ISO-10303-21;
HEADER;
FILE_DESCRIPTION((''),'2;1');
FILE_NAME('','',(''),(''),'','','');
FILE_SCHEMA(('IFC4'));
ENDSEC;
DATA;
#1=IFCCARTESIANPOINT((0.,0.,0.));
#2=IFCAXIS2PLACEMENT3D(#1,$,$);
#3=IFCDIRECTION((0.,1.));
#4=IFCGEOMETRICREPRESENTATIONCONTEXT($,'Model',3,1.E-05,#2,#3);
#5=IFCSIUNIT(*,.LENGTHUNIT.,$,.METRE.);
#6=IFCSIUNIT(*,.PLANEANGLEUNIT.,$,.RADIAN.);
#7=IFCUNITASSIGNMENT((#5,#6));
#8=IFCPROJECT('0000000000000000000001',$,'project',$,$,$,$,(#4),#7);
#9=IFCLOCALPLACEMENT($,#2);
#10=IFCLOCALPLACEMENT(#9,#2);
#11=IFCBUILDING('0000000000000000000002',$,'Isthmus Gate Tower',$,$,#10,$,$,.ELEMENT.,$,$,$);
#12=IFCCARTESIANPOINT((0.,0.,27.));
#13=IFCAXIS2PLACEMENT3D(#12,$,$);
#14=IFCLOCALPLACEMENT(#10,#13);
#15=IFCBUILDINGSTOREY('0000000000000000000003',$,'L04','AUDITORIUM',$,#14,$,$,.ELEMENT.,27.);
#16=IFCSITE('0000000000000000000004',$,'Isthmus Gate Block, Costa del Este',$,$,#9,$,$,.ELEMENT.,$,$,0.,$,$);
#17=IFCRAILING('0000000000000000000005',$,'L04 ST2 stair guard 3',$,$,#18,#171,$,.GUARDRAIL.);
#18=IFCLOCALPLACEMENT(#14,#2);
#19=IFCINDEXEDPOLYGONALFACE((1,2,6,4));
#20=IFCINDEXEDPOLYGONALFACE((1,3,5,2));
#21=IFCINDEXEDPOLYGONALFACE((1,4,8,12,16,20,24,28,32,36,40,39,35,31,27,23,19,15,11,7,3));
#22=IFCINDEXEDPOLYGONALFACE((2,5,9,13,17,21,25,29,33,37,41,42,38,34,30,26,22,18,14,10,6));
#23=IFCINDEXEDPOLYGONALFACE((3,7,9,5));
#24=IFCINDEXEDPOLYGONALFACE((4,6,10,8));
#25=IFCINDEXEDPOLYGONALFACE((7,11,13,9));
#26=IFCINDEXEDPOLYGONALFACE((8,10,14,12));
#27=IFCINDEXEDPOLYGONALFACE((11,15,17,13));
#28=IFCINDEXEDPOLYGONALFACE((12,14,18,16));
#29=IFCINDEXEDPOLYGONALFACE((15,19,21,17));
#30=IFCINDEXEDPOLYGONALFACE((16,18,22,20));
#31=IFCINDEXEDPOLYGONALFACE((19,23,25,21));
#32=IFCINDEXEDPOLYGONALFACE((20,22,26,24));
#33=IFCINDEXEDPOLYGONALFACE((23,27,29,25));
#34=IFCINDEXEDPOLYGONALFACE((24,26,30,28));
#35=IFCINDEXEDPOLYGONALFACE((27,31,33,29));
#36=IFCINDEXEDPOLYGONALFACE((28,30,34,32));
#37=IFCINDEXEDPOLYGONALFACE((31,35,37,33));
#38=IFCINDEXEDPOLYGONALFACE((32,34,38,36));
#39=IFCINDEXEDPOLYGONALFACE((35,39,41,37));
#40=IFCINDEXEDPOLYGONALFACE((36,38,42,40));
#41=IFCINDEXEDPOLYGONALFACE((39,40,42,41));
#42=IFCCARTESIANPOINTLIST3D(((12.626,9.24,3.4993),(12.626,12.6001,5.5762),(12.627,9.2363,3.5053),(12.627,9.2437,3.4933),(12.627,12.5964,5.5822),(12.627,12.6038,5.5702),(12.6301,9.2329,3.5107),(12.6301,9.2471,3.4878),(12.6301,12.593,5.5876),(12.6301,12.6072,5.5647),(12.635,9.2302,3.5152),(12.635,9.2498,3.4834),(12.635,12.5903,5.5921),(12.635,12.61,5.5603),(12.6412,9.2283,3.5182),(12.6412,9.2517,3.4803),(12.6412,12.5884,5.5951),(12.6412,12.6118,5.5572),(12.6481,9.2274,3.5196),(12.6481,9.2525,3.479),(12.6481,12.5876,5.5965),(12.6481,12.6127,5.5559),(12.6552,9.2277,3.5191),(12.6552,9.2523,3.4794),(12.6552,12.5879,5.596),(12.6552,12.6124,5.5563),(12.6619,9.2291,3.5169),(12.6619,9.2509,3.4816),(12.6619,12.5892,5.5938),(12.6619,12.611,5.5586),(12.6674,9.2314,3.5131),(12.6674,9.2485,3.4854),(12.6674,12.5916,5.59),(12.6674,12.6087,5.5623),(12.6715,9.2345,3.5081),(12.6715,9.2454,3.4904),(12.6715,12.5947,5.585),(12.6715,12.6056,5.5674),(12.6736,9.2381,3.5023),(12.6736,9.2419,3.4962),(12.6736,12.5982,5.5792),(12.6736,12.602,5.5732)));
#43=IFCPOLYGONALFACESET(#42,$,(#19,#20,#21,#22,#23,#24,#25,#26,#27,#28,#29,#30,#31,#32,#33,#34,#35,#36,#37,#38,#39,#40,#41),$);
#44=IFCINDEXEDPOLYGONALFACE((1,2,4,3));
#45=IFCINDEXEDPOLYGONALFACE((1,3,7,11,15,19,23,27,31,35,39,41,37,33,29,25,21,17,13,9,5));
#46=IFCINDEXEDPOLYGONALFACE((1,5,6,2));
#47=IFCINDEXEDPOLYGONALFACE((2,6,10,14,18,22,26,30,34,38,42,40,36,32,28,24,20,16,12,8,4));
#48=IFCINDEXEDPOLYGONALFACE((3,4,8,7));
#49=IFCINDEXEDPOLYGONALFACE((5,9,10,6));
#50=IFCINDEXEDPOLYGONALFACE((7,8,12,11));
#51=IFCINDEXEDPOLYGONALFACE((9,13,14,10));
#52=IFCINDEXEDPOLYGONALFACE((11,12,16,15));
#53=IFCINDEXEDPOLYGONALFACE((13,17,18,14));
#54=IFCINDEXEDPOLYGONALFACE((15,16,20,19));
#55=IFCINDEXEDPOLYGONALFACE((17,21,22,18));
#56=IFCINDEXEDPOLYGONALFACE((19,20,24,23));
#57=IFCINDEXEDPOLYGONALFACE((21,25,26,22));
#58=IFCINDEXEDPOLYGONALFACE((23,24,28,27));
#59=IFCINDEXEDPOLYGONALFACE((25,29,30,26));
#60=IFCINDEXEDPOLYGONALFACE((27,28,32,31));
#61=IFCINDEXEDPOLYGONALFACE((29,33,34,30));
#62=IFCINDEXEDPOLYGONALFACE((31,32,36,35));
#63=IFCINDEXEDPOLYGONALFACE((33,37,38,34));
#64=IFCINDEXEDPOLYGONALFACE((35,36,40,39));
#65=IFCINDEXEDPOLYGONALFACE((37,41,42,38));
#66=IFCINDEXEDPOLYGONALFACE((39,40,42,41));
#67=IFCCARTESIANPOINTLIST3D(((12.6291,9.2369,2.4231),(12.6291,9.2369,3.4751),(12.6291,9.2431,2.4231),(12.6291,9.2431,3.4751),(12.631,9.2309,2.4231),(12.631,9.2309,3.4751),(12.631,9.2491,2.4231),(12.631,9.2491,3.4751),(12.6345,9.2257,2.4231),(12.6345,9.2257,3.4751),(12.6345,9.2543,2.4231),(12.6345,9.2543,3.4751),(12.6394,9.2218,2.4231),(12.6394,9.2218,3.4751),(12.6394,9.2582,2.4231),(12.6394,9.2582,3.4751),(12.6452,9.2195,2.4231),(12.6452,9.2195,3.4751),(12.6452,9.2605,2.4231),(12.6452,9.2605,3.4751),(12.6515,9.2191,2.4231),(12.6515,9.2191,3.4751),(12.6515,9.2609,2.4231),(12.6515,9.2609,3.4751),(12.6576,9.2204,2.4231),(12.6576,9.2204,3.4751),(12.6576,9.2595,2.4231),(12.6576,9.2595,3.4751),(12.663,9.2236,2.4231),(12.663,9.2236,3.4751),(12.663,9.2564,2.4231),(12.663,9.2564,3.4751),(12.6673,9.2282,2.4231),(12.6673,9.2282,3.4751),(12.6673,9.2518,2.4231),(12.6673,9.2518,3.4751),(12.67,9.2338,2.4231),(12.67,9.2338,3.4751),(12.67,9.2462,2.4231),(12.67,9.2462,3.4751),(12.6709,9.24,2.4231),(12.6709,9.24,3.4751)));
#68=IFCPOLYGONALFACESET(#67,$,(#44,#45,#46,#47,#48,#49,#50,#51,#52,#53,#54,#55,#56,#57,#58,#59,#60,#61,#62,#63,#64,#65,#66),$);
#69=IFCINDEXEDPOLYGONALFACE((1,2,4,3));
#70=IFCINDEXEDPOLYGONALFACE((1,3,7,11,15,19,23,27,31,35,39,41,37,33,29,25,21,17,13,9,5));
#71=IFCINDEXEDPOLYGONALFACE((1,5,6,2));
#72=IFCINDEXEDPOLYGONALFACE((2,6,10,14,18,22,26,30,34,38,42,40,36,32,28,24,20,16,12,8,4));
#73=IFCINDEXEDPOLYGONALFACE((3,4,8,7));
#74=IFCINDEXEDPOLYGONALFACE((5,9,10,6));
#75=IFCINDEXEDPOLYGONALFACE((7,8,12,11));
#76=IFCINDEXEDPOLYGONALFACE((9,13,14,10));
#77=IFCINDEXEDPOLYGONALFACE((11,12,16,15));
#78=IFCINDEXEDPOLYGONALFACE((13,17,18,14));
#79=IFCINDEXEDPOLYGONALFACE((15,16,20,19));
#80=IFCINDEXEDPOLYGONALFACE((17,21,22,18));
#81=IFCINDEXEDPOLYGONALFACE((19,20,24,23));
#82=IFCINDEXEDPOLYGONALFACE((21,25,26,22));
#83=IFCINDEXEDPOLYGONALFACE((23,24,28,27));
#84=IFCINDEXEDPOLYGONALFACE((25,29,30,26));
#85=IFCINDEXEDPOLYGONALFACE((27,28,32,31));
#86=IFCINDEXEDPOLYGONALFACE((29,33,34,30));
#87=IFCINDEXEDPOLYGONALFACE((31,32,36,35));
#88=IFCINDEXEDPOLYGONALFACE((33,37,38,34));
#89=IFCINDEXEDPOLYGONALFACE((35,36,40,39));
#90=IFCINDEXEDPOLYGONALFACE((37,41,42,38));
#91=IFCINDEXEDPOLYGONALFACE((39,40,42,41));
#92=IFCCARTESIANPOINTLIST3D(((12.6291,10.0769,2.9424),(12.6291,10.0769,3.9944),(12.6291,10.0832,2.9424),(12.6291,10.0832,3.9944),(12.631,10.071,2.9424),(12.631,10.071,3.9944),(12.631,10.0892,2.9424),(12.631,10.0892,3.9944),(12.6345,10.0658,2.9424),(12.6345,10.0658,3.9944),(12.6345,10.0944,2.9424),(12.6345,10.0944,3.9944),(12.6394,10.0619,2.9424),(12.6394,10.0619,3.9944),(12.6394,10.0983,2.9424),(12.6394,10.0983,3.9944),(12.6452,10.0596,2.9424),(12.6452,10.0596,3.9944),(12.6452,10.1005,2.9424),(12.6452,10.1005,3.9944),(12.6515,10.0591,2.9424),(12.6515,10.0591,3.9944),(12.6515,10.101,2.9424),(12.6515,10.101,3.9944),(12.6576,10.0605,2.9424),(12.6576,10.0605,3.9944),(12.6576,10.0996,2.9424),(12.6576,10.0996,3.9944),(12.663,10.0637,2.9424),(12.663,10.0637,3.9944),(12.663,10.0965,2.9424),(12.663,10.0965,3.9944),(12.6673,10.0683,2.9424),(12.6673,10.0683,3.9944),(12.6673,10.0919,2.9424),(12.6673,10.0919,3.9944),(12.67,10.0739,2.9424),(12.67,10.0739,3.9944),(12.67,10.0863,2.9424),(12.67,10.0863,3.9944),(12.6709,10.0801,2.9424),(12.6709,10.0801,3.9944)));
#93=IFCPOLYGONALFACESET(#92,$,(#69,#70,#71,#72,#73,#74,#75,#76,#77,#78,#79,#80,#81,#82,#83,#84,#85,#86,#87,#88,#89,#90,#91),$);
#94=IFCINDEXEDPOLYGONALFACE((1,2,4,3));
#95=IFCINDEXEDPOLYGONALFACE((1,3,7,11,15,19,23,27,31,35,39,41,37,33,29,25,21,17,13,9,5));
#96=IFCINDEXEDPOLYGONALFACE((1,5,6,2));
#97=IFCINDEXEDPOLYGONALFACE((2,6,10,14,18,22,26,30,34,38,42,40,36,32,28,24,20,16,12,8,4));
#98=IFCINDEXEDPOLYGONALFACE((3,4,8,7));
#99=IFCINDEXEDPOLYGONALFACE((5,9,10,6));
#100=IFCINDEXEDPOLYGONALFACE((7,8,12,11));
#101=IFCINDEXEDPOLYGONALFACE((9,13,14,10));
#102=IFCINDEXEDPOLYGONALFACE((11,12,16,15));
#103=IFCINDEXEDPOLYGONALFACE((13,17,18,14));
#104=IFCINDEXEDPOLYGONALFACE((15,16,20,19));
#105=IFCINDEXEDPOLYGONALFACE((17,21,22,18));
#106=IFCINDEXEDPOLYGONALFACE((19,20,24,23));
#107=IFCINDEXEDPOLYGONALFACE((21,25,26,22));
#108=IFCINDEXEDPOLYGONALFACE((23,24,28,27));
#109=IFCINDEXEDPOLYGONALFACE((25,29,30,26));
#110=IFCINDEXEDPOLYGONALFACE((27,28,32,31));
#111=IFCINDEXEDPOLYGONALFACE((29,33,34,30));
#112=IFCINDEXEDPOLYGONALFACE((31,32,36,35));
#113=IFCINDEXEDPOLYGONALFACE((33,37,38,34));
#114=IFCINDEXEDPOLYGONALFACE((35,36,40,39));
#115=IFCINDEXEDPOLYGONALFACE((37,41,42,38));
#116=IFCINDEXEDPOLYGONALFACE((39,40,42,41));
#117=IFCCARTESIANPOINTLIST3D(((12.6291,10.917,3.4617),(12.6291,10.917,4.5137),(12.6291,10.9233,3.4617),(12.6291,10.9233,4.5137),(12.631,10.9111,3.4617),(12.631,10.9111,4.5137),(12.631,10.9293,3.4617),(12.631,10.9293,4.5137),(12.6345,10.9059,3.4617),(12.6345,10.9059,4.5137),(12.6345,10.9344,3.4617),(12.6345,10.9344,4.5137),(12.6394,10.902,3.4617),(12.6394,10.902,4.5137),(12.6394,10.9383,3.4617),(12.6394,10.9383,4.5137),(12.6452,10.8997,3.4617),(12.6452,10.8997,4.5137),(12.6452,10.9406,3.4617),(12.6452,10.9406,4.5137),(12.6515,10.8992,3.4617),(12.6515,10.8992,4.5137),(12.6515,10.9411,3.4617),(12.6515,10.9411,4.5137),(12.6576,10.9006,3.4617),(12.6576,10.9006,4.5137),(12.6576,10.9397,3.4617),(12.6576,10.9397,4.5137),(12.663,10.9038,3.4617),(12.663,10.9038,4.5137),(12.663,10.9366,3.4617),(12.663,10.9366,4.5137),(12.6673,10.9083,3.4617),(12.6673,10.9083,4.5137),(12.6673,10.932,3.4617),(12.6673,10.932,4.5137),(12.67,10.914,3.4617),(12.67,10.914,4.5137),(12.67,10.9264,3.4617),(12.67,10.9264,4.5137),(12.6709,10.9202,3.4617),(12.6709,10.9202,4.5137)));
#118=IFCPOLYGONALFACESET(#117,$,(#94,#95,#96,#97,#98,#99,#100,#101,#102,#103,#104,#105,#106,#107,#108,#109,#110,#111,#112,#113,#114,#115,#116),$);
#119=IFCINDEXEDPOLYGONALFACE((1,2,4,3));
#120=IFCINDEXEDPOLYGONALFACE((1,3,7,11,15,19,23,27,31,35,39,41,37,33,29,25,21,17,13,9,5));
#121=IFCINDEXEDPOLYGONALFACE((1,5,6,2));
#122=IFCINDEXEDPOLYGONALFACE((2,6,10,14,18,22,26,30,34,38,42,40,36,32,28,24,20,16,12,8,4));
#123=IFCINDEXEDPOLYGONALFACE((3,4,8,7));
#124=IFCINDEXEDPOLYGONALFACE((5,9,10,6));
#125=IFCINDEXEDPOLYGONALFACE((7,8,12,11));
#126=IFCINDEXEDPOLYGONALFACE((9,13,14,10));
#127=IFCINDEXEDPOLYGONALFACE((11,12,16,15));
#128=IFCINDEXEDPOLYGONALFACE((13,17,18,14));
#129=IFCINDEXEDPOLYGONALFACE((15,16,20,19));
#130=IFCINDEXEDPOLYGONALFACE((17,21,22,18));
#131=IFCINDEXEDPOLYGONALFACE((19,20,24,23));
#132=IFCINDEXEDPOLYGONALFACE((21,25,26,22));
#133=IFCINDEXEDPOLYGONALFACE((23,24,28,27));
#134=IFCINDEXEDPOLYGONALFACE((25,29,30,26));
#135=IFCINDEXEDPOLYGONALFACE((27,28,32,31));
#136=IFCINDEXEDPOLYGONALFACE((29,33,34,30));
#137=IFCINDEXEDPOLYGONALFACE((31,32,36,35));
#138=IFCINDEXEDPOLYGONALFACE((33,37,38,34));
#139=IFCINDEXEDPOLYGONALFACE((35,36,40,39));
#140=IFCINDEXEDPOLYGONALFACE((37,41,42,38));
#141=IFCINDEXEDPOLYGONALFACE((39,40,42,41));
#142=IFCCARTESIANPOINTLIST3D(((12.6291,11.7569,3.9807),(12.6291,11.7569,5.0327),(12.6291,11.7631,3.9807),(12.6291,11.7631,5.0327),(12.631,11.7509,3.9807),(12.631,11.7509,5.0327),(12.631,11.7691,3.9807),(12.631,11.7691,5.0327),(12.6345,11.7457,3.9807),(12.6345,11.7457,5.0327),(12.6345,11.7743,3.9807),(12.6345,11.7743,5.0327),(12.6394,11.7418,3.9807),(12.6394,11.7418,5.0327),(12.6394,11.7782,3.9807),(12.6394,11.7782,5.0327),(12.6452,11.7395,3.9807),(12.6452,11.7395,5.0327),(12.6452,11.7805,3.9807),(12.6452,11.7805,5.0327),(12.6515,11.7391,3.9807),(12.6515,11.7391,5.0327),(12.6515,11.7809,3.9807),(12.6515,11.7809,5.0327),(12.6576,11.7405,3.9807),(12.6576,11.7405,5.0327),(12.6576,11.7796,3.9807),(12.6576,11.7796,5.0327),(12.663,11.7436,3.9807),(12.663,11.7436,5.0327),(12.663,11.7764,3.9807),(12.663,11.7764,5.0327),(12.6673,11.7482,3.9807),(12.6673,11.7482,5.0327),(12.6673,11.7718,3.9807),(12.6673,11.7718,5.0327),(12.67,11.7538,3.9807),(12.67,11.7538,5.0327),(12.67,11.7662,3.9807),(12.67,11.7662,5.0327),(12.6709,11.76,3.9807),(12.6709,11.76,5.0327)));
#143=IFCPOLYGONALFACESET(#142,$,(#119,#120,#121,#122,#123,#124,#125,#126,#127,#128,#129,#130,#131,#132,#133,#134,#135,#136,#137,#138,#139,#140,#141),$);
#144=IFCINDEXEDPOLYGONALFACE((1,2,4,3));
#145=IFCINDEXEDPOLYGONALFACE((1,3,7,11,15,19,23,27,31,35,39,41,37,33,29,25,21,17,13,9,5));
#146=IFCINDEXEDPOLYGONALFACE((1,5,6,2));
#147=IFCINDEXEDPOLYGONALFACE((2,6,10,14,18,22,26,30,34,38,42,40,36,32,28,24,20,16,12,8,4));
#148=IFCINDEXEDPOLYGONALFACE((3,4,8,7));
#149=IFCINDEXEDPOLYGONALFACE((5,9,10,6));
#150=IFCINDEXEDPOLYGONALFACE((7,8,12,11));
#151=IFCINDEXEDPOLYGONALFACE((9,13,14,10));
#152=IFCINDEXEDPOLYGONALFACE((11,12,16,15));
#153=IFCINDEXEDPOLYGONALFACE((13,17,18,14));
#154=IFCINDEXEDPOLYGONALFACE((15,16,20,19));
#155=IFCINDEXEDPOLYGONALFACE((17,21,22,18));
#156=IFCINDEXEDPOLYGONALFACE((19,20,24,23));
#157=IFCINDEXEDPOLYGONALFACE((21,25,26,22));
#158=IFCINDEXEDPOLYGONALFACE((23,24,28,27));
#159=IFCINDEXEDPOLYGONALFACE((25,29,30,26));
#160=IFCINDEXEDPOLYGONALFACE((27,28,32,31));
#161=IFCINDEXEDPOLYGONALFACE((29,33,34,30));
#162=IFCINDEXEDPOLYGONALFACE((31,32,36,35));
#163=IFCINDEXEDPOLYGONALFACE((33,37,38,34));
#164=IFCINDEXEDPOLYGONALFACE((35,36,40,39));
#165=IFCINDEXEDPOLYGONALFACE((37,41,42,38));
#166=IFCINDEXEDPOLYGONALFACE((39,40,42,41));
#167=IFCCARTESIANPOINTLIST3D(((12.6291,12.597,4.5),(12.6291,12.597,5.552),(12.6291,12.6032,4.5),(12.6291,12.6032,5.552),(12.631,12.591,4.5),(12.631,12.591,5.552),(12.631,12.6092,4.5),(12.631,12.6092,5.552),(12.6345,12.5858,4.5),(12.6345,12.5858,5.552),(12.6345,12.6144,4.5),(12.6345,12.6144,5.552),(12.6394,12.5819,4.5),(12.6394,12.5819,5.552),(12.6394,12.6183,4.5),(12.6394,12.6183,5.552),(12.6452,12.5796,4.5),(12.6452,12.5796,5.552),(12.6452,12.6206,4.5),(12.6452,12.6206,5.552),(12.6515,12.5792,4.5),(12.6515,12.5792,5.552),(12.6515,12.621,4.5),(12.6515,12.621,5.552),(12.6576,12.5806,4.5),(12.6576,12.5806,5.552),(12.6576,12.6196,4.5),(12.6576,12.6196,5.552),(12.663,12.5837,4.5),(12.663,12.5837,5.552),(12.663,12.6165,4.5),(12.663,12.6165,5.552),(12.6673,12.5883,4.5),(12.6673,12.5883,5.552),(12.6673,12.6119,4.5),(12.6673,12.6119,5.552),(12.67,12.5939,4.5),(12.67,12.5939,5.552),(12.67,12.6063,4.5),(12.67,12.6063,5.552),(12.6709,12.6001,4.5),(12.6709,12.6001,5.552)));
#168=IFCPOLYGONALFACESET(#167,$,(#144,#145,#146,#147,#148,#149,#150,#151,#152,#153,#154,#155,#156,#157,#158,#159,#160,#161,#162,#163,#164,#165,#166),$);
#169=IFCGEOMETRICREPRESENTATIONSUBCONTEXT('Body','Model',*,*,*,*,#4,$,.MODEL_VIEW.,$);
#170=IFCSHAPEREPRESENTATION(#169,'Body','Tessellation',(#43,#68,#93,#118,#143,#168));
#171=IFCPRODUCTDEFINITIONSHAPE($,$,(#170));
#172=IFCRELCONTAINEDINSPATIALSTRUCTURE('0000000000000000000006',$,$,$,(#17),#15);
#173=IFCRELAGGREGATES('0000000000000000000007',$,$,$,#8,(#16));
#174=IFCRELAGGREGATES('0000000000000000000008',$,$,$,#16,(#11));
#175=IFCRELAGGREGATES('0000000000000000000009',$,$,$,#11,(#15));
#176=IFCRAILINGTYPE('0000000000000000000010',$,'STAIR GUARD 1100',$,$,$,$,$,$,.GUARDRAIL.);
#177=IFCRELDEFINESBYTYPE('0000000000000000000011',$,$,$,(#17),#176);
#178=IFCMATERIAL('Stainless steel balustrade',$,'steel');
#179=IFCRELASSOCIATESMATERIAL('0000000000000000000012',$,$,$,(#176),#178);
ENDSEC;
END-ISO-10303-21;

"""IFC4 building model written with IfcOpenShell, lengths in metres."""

from ifc_helpers import new_model, si_unit, direction, frame, origin, origin_2d, place, context, subcontext, project, spatial, circle, extrude, material, type_object, element, save


model = new_model("IFC4")

# Units and contexts
model_context = context("Model", 3, precision=1e-05, world=origin(), true_north=direction((0.0, 1.0)))
body_context = subcontext(model_context, "Body", "Model", "MODEL_VIEW")
ifc_project = project(units=[si_unit("LENGTHUNIT", "METRE"), si_unit("PLANEANGLEUNIT", "RADIAN")], contexts=[model_context])

# Site, building, storey
site_placement = place(None, origin())
site = spatial("IfcSite", under=ifc_project, at=site_placement, Name="Isthmus Gate Block, Costa del Este", CompositionType="ELEMENT", RefElevation=0.0)
building_placement = place(site_placement, origin())
building = spatial("IfcBuilding", under=site, at=building_placement, Name="Isthmus Gate Tower", CompositionType="ELEMENT")
storey_placement = place(building_placement, frame((0.0, 0.0, 27.0)))
storey = spatial("IfcBuildingStorey", under=building, at=storey_placement, Name="L04", Description="AUDITORIUM", CompositionType="ELEMENT", Elevation=27.0)

# Railing
ifc_material_1 = material(Name="Stainless steel balustrade", Category="steel")
railing_type_1 = type_object("IfcRailingType", Name="STAIR GUARD 1100", PredefinedType="GUARDRAIL", material=ifc_material_1)
railing_1_placement = place(storey_placement, frame((12.6499, 9.24, 2.4231)))
element("IfcRailing", 1, at=railing_1_placement, inside=storey, type_object=railing_type_1, Name="L04 ST2 stair guard 3", PredefinedType="GUARDRAIL", context=body_context, shape_type="SweptSolid", body=[
    extrude(circle(Radius=0.0239, at=origin_2d()), frame((0.0, 0.0, 1.0762), z_axis=(0.0, 0.850623, 0.525776), x_axis=(-1.0, 0.0, 0.0)), (0.0, 0.0, 1.0), 3.9502),
    extrude(circle(Radius=0.021, at=origin_2d()), origin(), (0.0, 0.0, 1.0), 1.052),
    extrude(circle(Radius=0.021, at=origin_2d()), frame((0.0, 0.8401, 0.5193)), (0.0, 0.0, 1.0), 1.052),
    extrude(circle(Radius=0.021, at=origin_2d()), frame((0.0, 1.6802, 1.0386)), (0.0, 0.0, 1.0), 1.052),
    extrude(circle(Radius=0.021, at=origin_2d()), frame((0.0, 2.52, 1.5576)), (0.0, 0.0, 1.0), 1.052),
    extrude(circle(Radius=0.021, at=origin_2d()), frame((0.0, 3.3601, 2.0769)), (0.0, 0.0, 1.0), 1.052),
])

save(model, "model.ifc")
